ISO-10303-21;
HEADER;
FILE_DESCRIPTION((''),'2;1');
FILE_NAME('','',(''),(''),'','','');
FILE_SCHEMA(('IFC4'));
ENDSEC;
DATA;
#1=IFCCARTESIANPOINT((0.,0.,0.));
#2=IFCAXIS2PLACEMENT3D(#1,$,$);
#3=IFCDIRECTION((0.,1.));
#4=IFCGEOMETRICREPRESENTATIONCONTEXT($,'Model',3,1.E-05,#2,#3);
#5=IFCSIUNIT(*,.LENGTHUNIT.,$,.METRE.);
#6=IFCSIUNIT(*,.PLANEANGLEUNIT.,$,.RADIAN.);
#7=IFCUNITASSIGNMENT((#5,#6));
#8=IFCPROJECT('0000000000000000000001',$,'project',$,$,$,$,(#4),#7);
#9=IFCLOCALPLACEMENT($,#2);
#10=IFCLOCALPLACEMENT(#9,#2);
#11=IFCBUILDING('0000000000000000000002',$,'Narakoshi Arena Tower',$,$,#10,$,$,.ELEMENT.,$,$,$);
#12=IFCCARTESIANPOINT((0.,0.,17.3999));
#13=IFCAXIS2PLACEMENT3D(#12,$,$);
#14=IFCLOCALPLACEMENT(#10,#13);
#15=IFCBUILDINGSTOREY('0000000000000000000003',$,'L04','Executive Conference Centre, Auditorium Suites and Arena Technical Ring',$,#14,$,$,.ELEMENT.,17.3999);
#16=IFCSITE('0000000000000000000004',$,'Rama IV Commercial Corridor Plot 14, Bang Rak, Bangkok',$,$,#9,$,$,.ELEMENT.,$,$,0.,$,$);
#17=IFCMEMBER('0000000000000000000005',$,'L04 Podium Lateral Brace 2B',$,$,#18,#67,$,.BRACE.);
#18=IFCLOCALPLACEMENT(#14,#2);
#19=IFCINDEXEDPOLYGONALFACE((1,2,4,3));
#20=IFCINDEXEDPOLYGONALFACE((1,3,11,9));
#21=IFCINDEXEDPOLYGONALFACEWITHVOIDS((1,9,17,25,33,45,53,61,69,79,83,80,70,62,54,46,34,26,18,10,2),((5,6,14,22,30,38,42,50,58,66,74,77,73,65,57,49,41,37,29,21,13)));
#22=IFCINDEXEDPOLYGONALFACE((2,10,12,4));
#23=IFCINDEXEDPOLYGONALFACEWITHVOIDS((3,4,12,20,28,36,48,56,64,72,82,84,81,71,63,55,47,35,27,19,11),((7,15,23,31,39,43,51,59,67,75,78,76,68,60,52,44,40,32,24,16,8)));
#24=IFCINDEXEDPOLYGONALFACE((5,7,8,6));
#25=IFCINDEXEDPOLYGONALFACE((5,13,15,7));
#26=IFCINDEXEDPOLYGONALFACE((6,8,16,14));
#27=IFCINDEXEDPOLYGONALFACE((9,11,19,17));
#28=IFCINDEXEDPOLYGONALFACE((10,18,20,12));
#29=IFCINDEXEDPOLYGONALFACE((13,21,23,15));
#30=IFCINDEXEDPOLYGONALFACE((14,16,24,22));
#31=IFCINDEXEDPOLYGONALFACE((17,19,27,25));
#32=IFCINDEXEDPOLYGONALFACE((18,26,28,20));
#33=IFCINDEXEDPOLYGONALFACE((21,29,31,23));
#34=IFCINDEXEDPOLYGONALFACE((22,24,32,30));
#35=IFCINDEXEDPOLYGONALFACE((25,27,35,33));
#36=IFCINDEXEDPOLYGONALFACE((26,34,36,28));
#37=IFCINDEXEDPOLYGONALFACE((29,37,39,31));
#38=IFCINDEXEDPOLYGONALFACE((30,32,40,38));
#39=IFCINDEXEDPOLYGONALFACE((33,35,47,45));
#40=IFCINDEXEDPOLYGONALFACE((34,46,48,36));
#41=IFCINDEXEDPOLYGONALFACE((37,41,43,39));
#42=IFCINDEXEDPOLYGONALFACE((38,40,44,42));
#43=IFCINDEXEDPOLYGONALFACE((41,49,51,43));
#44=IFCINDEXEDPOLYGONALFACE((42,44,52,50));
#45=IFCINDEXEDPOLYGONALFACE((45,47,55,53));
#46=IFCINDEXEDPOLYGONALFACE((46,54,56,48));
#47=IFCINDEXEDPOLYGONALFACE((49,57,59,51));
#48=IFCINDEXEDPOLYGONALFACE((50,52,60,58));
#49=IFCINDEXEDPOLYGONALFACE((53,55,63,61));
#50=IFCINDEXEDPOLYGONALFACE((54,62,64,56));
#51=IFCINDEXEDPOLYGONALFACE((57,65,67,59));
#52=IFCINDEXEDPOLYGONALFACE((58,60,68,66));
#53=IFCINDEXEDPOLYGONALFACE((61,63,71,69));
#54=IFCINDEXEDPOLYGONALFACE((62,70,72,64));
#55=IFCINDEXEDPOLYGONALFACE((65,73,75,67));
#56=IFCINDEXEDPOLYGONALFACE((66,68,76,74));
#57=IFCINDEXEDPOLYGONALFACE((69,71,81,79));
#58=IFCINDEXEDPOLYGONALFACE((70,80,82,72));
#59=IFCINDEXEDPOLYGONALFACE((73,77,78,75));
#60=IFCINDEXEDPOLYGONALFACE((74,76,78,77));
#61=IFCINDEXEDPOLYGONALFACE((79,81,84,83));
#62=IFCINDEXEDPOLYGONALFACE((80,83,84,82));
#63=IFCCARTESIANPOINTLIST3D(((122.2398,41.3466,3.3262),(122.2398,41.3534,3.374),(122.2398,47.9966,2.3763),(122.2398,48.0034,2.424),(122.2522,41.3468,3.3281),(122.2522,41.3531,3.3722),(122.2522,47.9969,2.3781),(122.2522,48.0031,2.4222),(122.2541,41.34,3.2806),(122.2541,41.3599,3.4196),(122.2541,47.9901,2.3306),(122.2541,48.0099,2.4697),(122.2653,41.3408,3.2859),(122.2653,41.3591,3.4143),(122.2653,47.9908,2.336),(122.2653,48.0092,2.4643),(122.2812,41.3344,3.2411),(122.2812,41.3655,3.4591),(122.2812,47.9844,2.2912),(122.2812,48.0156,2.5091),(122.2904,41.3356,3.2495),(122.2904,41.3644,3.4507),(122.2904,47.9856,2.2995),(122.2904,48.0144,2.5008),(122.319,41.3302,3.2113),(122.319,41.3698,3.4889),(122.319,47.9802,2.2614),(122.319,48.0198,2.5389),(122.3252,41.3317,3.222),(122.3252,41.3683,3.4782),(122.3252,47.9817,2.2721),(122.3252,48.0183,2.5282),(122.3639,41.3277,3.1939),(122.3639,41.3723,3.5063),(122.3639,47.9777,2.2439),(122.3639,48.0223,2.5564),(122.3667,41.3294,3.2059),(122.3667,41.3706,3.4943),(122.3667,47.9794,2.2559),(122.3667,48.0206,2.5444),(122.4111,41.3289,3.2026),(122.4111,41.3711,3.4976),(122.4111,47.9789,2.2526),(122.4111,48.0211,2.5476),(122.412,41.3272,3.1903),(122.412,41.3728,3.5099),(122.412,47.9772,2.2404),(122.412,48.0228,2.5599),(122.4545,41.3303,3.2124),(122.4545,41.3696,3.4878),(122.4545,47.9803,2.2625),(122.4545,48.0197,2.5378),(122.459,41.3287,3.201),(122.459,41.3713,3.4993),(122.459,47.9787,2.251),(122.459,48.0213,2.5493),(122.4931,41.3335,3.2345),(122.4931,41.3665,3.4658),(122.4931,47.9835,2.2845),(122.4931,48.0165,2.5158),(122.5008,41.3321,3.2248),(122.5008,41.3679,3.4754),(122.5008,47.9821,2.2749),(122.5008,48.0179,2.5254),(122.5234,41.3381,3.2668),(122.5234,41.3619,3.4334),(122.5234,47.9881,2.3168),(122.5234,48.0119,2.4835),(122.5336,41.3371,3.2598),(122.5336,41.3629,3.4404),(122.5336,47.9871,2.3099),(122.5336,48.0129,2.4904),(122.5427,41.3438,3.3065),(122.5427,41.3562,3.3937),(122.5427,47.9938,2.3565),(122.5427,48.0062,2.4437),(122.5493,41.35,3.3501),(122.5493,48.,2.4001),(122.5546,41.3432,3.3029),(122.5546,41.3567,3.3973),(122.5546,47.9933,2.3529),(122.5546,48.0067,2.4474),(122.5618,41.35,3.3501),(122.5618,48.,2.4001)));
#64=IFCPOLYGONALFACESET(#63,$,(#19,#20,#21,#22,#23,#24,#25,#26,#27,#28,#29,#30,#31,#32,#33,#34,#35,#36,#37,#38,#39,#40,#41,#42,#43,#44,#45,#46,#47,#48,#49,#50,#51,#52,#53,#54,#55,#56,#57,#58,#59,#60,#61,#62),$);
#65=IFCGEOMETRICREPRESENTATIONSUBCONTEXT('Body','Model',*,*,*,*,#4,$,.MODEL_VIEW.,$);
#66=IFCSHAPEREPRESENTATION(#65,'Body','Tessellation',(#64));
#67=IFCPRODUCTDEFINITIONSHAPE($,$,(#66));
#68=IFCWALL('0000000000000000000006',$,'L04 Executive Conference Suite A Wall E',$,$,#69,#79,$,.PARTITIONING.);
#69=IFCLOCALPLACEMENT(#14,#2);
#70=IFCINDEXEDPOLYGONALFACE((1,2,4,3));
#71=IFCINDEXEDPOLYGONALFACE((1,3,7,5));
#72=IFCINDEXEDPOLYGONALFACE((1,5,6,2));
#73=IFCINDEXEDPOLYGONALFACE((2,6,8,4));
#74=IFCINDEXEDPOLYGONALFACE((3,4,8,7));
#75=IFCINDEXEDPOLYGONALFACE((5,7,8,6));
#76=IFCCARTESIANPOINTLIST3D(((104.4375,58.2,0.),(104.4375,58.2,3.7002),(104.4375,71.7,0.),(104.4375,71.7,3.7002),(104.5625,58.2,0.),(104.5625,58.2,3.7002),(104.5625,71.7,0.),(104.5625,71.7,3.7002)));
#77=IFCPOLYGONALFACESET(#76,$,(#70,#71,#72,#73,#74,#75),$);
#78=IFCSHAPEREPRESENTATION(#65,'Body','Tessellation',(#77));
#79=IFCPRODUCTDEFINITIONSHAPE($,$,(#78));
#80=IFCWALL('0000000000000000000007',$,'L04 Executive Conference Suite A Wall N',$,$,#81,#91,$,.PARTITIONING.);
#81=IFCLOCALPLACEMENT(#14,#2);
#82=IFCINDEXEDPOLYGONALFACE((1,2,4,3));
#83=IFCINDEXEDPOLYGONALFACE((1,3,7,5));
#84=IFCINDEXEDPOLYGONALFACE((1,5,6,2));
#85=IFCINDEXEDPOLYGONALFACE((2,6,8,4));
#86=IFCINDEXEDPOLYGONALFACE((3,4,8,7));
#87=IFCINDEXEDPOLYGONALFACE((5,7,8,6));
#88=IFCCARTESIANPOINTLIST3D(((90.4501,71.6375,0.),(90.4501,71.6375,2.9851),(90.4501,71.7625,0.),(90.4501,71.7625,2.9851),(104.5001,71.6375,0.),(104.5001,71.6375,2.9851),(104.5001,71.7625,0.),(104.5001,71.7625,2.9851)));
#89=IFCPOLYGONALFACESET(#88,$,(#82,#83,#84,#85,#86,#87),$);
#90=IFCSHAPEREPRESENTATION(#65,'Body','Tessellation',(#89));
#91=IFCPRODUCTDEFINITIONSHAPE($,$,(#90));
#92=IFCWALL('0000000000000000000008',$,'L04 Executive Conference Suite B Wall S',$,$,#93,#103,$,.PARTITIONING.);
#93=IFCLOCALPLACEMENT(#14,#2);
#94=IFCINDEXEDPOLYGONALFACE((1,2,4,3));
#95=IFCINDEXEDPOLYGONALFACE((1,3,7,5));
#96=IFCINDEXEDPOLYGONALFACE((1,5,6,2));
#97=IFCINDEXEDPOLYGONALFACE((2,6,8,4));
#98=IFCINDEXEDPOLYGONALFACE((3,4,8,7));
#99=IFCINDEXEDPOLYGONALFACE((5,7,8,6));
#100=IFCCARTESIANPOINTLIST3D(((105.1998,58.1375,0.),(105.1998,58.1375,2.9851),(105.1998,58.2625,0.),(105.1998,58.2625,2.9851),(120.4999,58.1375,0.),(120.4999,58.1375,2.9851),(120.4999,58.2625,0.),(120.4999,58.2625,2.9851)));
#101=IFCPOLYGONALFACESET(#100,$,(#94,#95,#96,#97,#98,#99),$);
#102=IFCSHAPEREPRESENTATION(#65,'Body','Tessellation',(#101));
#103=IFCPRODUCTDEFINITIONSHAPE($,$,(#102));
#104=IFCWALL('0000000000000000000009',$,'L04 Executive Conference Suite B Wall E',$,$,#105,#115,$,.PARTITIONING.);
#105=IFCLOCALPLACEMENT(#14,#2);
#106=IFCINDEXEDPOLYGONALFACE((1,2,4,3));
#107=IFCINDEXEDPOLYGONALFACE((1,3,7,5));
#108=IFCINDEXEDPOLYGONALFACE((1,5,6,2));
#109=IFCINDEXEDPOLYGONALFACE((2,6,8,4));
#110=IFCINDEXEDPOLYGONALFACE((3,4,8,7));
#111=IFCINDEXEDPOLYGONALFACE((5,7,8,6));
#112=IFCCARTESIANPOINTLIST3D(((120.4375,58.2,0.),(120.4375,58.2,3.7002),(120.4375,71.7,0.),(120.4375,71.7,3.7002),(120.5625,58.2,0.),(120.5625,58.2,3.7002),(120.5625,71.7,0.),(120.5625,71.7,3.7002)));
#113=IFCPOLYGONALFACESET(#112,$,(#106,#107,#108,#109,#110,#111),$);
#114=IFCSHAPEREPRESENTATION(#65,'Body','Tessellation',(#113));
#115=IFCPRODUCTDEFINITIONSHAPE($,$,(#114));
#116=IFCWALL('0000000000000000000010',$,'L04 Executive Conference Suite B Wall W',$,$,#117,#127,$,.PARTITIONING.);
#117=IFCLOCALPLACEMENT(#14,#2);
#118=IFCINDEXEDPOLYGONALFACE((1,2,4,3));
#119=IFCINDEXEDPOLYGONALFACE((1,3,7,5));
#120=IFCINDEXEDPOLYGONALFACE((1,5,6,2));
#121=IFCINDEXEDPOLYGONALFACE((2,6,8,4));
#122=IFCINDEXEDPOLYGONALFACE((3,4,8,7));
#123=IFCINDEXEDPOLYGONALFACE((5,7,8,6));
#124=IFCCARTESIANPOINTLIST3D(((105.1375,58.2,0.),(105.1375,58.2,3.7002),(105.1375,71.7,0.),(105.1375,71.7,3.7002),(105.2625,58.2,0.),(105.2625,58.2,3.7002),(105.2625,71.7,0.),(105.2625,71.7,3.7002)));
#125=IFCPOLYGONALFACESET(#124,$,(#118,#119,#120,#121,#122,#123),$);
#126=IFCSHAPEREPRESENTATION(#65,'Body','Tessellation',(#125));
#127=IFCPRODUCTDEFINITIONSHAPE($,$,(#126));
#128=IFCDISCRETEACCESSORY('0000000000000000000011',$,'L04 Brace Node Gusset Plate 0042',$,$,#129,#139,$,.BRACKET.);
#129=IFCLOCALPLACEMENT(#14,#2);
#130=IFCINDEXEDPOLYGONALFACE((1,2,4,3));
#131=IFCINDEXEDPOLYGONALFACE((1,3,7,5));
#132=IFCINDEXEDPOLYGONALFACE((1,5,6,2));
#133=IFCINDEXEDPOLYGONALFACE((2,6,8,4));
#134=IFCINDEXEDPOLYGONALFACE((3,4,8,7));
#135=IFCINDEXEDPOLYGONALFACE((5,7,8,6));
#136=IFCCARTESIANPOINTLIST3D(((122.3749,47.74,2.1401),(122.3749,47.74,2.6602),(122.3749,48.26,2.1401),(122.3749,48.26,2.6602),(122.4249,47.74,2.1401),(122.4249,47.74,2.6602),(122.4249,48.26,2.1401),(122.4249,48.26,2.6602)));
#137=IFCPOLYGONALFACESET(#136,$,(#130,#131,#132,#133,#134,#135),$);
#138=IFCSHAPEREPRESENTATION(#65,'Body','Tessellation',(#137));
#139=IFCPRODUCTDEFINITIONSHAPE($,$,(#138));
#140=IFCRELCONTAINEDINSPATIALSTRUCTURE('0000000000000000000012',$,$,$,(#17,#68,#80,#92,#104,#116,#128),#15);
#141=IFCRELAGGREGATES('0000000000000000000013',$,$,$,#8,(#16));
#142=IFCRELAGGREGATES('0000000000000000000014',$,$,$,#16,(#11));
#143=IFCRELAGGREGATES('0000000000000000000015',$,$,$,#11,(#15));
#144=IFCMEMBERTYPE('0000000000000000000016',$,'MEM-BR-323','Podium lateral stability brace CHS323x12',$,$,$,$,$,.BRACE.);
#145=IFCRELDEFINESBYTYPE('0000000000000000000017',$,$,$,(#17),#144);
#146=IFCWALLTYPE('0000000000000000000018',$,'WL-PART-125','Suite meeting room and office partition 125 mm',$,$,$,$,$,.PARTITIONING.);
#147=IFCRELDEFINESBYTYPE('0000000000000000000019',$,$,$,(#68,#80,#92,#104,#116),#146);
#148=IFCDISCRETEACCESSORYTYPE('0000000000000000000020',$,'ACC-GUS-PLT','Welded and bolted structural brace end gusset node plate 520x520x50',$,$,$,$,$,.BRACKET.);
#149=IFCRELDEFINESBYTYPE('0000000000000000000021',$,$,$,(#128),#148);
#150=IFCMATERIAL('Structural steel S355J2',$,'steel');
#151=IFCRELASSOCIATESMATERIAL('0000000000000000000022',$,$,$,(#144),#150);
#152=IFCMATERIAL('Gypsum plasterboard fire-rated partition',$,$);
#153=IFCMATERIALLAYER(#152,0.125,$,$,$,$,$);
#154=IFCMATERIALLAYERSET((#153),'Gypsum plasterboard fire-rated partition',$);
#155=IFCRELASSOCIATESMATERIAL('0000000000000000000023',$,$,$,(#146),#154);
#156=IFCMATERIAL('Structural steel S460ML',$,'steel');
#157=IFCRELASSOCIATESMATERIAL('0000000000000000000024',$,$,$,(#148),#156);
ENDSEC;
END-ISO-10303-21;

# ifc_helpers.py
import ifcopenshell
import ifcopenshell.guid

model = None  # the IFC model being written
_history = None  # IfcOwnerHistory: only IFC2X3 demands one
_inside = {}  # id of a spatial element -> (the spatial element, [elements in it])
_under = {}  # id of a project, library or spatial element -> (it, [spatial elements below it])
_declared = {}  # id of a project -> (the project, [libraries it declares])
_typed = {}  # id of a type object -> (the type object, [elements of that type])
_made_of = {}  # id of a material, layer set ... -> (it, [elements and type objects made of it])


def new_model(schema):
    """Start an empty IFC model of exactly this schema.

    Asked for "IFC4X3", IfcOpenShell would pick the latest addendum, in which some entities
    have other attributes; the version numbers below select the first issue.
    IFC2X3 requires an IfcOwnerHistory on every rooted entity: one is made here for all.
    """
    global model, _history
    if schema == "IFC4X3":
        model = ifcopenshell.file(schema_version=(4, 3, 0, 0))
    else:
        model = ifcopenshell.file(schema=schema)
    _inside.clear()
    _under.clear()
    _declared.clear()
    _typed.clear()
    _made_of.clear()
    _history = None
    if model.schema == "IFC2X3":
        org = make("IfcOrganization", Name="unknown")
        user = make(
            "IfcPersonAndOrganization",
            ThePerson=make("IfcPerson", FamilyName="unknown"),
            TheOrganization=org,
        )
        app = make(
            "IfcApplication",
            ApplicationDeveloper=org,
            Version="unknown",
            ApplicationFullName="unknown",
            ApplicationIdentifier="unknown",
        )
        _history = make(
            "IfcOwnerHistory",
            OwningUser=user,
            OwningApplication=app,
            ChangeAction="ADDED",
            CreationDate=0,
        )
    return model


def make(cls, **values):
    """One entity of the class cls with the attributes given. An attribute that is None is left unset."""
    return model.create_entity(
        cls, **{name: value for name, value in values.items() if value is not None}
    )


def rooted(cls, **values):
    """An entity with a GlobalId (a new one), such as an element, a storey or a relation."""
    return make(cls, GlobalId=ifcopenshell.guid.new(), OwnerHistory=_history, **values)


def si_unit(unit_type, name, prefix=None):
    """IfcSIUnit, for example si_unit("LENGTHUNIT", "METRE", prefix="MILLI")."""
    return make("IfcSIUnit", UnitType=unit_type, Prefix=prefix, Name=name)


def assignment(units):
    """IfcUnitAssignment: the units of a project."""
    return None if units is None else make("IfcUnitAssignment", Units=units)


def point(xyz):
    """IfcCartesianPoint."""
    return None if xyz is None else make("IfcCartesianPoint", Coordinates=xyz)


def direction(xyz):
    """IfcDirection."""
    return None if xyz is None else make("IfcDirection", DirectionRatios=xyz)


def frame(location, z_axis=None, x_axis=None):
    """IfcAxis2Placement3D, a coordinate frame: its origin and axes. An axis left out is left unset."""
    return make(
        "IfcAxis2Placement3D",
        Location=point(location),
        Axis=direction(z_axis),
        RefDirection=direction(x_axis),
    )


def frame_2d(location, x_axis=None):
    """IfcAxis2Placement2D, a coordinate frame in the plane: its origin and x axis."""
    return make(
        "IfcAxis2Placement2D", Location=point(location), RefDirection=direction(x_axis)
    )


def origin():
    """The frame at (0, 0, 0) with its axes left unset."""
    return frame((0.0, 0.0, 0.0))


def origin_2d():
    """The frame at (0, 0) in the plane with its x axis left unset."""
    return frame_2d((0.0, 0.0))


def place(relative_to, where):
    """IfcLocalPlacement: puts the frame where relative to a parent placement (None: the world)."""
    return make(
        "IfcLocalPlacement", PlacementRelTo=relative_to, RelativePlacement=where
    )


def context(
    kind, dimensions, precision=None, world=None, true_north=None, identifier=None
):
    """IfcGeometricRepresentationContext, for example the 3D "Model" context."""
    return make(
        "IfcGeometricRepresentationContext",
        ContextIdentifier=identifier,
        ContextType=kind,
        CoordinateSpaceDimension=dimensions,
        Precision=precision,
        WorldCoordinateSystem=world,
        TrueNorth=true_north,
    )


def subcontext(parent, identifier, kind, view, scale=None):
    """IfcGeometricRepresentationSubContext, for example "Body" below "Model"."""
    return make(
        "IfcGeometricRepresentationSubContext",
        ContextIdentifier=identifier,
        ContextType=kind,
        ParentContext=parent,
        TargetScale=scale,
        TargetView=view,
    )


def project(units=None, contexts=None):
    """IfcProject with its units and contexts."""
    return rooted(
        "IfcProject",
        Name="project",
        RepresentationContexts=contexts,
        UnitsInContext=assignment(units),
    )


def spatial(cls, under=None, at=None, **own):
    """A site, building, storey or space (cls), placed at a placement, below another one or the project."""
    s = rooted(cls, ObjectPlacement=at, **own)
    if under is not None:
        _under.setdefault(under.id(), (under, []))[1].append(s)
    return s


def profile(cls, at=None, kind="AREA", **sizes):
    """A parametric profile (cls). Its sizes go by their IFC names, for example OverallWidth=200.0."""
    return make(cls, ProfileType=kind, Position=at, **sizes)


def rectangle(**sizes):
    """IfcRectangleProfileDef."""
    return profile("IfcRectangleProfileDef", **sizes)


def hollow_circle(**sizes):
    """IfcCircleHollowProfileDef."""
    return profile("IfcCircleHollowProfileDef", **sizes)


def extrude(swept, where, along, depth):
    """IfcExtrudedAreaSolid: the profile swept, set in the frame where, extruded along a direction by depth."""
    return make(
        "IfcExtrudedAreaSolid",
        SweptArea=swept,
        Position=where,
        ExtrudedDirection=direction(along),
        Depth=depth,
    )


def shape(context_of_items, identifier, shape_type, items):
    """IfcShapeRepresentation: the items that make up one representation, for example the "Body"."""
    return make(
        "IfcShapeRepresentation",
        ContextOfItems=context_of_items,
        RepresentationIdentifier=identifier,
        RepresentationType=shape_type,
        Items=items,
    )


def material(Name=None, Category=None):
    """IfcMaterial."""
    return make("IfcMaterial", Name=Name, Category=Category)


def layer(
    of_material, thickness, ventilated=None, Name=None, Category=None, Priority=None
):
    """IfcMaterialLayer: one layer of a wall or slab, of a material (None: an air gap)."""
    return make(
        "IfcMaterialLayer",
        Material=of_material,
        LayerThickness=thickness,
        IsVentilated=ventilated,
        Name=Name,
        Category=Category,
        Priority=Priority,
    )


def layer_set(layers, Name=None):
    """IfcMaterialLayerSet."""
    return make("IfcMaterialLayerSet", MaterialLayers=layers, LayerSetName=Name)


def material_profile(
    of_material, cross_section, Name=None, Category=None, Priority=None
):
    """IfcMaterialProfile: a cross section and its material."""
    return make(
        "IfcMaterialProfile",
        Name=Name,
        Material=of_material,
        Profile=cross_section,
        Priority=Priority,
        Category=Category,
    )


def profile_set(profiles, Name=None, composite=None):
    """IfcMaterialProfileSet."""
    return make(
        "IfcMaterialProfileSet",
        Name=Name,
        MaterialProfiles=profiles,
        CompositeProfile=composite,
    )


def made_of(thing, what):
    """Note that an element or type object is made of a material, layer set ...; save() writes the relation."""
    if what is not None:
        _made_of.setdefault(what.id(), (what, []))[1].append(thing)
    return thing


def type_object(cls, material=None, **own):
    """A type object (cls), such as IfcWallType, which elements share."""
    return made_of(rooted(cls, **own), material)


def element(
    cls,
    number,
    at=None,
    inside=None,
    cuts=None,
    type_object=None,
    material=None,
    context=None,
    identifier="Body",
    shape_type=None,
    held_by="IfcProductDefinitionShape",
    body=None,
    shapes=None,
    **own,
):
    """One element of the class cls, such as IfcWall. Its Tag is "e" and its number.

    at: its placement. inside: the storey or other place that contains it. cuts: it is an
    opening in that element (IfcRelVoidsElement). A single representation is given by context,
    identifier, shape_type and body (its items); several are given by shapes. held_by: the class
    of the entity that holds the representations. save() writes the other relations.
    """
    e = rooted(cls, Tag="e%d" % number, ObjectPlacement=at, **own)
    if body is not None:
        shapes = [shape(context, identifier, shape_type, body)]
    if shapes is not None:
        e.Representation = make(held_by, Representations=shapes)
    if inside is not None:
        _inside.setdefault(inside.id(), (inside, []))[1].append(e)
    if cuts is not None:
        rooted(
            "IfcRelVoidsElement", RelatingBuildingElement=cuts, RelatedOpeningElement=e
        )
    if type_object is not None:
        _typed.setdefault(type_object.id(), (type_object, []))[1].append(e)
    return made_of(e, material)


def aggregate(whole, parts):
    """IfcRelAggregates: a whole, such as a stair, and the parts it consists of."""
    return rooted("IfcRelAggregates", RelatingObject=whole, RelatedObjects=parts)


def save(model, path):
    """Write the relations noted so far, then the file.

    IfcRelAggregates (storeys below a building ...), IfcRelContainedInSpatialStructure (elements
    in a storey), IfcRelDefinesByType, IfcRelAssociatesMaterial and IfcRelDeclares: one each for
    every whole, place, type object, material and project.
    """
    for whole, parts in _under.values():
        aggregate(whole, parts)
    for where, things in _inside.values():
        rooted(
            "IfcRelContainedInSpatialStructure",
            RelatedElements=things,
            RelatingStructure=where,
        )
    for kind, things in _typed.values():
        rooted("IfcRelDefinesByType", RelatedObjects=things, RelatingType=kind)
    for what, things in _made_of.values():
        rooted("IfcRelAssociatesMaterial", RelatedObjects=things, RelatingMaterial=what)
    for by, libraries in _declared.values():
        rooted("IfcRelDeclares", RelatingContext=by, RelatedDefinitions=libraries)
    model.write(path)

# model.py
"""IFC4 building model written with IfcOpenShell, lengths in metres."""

from ifc_helpers import new_model, si_unit, direction, frame, frame_2d, origin, origin_2d, place, context, subcontext, project, spatial, rectangle, hollow_circle, extrude, material, layer, layer_set, material_profile, profile_set, type_object, element, save


model = new_model("IFC4")

# Units and contexts
model_context = context("Model", 3, precision=1e-05, world=origin(), true_north=direction((0.0, 1.0)))
body_context = subcontext(model_context, "Body", "Model", "MODEL_VIEW")
ifc_project = project(units=[si_unit("LENGTHUNIT", "METRE"), si_unit("PLANEANGLEUNIT", "RADIAN")], contexts=[model_context])

# Site, building, storey
site_placement = place(None, origin())
site = spatial("IfcSite", under=ifc_project, at=site_placement, Name="Rama IV Commercial Corridor Plot 14, Bang Rak, Bangkok", CompositionType="ELEMENT", RefElevation=0.0)
building_placement = place(site_placement, origin())
building = spatial("IfcBuilding", under=site, at=building_placement, Name="Narakoshi Arena Tower", CompositionType="ELEMENT")
storey_placement = place(building_placement, frame((0.0, 0.0, 17.3999)))
storey = spatial("IfcBuildingStorey", under=building, at=storey_placement, Name="L04", Description="Executive Conference Centre, Auditorium Suites and Arena Technical Ring", CompositionType="ELEMENT", Elevation=17.3999)

# Shared definitions
ifc_material_1 = material(Name="Structural steel S355J2", Category="steel")

# Member
ifc_material_profile_1 = material_profile(ifc_material_1, hollow_circle(Radius=0.1619, WallThickness=0.0125, at=origin_2d()), Name="CHS323x12")
ifc_profile_set_1 = profile_set([ifc_material_profile_1], Name="Structural steel S355J2")
member_type = type_object("IfcMemberType", Name="MEM-BR-323", Description="Podium lateral stability brace CHS323x12", PredefinedType="BRACE", material=ifc_profile_set_1)
member_placement = place(storey_placement, frame((122.3999, 48.0, 2.4001), z_axis=(0.0, -0.98995, 0.141416), x_axis=(1.0, 0.0, 0.0)))
element("IfcMember", 1, at=member_placement, inside=storey, type_object=member_type, Name="L04 Podium Lateral Brace 2B", PredefinedType="BRACE", context=body_context, shape_type="SweptSolid", body=[
    extrude(hollow_circle(Radius=0.1619, WallThickness=0.0125, at=origin_2d()), origin(), (0.0, 0.0, 1.0), 6.7175),
])

# Walls
ifc_material_2 = material(Name="Gypsum plasterboard fire-rated partition")
ifc_layer = layer(ifc_material_2, 0.125)
ifc_layer_set = layer_set([ifc_layer], Name="Gypsum plasterboard fire-rated partition")
wall_type = type_object("IfcWallType", Name="WL-PART-125", Description="Suite meeting room and office partition 125 mm", PredefinedType="PARTITIONING", material=ifc_layer_set)
wall_1_placement = place(storey_placement, frame((104.5, 58.2, 0.0), z_axis=(0.0, 0.0, 1.0), x_axis=(0.0, 1.0, 0.0)))
element("IfcWall", 2, at=wall_1_placement, inside=storey, type_object=wall_type, Name="L04 Executive Conference Suite A Wall E", PredefinedType="PARTITIONING", context=body_context, shape_type="SweptSolid", body=[
    extrude(rectangle(XDim=13.5, YDim=0.125, at=frame_2d((6.75, 0.0))), origin(), (0.0, 0.0, 1.0), 3.7002),
])
wall_2_placement = place(storey_placement, frame((104.5, 71.7, 0.0), z_axis=(0.0, 0.0, 1.0), x_axis=(-1.0, 0.0, 0.0)))
element("IfcWall", 3, at=wall_2_placement, inside=storey, type_object=wall_type, Name="L04 Executive Conference Suite A Wall N", PredefinedType="PARTITIONING", context=body_context, shape_type="SweptSolid", body=[
    extrude(rectangle(XDim=14.05, YDim=0.125, at=frame_2d((7.0249, 0.0))), origin(), (0.0, 0.0, 1.0), 2.9851),
])
wall_3_placement = place(storey_placement, frame((105.2, 58.2, 0.0), z_axis=(0.0, 0.0, 1.0), x_axis=(1.0, 0.0, 0.0)))
element("IfcWall", 4, at=wall_3_placement, inside=storey, type_object=wall_type, Name="L04 Executive Conference Suite B Wall S", PredefinedType="PARTITIONING", context=body_context, shape_type="SweptSolid", body=[
    extrude(rectangle(XDim=15.3, YDim=0.125, at=frame_2d((7.6499, 0.0))), origin(), (0.0, 0.0, 1.0), 2.9851),
])
for number, where, z_axis, x_axis, name in (
    (5, (120.5, 58.2, 0.0), (0.0, 0.0, 1.0), (0.0, 1.0, 0.0), "L04 Executive Conference Suite B Wall E"),
    (6, (105.2, 71.7, 0.0), (0.0, 0.0, 1.0), (0.0, -1.0, 0.0), "L04 Executive Conference Suite B Wall W"),
):
    element("IfcWall", number, at=place(storey_placement, frame(where, z_axis=z_axis, x_axis=x_axis)), inside=storey, type_object=wall_type, Name=name, PredefinedType="PARTITIONING", context=body_context, shape_type="SweptSolid", body=[
        extrude(rectangle(XDim=13.5, YDim=0.125, at=frame_2d((6.75, 0.0))), origin(), (0.0, 0.0, 1.0), 3.7002),
    ])

# Discrete accessory
ifc_material_3 = material(Name="Structural steel S460ML", Category="steel")
discrete_accessory_type = type_object("IfcDiscreteAccessoryType", Name="ACC-GUS-PLT", Description="Welded and bolted structural brace end gusset node plate 520x520x50", PredefinedType="BRACKET", material=ifc_material_3)
discrete_accessory_placement = place(storey_placement, frame((122.3999, 48.0, 2.1401), z_axis=(0.0, 0.0, 1.0), x_axis=(0.0, 1.0, 0.0)))
element("IfcDiscreteAccessory", 7, at=discrete_accessory_placement, inside=storey, type_object=discrete_accessory_type, Name="L04 Brace Node Gusset Plate 0042", PredefinedType="BRACKET", context=body_context, shape_type="SweptSolid", body=[
    extrude(rectangle(XDim=0.52, YDim=0.05, at=origin_2d()), origin(), (0.0, 0.0, 1.0), 0.52),
])

save(model, "model.ifc")
